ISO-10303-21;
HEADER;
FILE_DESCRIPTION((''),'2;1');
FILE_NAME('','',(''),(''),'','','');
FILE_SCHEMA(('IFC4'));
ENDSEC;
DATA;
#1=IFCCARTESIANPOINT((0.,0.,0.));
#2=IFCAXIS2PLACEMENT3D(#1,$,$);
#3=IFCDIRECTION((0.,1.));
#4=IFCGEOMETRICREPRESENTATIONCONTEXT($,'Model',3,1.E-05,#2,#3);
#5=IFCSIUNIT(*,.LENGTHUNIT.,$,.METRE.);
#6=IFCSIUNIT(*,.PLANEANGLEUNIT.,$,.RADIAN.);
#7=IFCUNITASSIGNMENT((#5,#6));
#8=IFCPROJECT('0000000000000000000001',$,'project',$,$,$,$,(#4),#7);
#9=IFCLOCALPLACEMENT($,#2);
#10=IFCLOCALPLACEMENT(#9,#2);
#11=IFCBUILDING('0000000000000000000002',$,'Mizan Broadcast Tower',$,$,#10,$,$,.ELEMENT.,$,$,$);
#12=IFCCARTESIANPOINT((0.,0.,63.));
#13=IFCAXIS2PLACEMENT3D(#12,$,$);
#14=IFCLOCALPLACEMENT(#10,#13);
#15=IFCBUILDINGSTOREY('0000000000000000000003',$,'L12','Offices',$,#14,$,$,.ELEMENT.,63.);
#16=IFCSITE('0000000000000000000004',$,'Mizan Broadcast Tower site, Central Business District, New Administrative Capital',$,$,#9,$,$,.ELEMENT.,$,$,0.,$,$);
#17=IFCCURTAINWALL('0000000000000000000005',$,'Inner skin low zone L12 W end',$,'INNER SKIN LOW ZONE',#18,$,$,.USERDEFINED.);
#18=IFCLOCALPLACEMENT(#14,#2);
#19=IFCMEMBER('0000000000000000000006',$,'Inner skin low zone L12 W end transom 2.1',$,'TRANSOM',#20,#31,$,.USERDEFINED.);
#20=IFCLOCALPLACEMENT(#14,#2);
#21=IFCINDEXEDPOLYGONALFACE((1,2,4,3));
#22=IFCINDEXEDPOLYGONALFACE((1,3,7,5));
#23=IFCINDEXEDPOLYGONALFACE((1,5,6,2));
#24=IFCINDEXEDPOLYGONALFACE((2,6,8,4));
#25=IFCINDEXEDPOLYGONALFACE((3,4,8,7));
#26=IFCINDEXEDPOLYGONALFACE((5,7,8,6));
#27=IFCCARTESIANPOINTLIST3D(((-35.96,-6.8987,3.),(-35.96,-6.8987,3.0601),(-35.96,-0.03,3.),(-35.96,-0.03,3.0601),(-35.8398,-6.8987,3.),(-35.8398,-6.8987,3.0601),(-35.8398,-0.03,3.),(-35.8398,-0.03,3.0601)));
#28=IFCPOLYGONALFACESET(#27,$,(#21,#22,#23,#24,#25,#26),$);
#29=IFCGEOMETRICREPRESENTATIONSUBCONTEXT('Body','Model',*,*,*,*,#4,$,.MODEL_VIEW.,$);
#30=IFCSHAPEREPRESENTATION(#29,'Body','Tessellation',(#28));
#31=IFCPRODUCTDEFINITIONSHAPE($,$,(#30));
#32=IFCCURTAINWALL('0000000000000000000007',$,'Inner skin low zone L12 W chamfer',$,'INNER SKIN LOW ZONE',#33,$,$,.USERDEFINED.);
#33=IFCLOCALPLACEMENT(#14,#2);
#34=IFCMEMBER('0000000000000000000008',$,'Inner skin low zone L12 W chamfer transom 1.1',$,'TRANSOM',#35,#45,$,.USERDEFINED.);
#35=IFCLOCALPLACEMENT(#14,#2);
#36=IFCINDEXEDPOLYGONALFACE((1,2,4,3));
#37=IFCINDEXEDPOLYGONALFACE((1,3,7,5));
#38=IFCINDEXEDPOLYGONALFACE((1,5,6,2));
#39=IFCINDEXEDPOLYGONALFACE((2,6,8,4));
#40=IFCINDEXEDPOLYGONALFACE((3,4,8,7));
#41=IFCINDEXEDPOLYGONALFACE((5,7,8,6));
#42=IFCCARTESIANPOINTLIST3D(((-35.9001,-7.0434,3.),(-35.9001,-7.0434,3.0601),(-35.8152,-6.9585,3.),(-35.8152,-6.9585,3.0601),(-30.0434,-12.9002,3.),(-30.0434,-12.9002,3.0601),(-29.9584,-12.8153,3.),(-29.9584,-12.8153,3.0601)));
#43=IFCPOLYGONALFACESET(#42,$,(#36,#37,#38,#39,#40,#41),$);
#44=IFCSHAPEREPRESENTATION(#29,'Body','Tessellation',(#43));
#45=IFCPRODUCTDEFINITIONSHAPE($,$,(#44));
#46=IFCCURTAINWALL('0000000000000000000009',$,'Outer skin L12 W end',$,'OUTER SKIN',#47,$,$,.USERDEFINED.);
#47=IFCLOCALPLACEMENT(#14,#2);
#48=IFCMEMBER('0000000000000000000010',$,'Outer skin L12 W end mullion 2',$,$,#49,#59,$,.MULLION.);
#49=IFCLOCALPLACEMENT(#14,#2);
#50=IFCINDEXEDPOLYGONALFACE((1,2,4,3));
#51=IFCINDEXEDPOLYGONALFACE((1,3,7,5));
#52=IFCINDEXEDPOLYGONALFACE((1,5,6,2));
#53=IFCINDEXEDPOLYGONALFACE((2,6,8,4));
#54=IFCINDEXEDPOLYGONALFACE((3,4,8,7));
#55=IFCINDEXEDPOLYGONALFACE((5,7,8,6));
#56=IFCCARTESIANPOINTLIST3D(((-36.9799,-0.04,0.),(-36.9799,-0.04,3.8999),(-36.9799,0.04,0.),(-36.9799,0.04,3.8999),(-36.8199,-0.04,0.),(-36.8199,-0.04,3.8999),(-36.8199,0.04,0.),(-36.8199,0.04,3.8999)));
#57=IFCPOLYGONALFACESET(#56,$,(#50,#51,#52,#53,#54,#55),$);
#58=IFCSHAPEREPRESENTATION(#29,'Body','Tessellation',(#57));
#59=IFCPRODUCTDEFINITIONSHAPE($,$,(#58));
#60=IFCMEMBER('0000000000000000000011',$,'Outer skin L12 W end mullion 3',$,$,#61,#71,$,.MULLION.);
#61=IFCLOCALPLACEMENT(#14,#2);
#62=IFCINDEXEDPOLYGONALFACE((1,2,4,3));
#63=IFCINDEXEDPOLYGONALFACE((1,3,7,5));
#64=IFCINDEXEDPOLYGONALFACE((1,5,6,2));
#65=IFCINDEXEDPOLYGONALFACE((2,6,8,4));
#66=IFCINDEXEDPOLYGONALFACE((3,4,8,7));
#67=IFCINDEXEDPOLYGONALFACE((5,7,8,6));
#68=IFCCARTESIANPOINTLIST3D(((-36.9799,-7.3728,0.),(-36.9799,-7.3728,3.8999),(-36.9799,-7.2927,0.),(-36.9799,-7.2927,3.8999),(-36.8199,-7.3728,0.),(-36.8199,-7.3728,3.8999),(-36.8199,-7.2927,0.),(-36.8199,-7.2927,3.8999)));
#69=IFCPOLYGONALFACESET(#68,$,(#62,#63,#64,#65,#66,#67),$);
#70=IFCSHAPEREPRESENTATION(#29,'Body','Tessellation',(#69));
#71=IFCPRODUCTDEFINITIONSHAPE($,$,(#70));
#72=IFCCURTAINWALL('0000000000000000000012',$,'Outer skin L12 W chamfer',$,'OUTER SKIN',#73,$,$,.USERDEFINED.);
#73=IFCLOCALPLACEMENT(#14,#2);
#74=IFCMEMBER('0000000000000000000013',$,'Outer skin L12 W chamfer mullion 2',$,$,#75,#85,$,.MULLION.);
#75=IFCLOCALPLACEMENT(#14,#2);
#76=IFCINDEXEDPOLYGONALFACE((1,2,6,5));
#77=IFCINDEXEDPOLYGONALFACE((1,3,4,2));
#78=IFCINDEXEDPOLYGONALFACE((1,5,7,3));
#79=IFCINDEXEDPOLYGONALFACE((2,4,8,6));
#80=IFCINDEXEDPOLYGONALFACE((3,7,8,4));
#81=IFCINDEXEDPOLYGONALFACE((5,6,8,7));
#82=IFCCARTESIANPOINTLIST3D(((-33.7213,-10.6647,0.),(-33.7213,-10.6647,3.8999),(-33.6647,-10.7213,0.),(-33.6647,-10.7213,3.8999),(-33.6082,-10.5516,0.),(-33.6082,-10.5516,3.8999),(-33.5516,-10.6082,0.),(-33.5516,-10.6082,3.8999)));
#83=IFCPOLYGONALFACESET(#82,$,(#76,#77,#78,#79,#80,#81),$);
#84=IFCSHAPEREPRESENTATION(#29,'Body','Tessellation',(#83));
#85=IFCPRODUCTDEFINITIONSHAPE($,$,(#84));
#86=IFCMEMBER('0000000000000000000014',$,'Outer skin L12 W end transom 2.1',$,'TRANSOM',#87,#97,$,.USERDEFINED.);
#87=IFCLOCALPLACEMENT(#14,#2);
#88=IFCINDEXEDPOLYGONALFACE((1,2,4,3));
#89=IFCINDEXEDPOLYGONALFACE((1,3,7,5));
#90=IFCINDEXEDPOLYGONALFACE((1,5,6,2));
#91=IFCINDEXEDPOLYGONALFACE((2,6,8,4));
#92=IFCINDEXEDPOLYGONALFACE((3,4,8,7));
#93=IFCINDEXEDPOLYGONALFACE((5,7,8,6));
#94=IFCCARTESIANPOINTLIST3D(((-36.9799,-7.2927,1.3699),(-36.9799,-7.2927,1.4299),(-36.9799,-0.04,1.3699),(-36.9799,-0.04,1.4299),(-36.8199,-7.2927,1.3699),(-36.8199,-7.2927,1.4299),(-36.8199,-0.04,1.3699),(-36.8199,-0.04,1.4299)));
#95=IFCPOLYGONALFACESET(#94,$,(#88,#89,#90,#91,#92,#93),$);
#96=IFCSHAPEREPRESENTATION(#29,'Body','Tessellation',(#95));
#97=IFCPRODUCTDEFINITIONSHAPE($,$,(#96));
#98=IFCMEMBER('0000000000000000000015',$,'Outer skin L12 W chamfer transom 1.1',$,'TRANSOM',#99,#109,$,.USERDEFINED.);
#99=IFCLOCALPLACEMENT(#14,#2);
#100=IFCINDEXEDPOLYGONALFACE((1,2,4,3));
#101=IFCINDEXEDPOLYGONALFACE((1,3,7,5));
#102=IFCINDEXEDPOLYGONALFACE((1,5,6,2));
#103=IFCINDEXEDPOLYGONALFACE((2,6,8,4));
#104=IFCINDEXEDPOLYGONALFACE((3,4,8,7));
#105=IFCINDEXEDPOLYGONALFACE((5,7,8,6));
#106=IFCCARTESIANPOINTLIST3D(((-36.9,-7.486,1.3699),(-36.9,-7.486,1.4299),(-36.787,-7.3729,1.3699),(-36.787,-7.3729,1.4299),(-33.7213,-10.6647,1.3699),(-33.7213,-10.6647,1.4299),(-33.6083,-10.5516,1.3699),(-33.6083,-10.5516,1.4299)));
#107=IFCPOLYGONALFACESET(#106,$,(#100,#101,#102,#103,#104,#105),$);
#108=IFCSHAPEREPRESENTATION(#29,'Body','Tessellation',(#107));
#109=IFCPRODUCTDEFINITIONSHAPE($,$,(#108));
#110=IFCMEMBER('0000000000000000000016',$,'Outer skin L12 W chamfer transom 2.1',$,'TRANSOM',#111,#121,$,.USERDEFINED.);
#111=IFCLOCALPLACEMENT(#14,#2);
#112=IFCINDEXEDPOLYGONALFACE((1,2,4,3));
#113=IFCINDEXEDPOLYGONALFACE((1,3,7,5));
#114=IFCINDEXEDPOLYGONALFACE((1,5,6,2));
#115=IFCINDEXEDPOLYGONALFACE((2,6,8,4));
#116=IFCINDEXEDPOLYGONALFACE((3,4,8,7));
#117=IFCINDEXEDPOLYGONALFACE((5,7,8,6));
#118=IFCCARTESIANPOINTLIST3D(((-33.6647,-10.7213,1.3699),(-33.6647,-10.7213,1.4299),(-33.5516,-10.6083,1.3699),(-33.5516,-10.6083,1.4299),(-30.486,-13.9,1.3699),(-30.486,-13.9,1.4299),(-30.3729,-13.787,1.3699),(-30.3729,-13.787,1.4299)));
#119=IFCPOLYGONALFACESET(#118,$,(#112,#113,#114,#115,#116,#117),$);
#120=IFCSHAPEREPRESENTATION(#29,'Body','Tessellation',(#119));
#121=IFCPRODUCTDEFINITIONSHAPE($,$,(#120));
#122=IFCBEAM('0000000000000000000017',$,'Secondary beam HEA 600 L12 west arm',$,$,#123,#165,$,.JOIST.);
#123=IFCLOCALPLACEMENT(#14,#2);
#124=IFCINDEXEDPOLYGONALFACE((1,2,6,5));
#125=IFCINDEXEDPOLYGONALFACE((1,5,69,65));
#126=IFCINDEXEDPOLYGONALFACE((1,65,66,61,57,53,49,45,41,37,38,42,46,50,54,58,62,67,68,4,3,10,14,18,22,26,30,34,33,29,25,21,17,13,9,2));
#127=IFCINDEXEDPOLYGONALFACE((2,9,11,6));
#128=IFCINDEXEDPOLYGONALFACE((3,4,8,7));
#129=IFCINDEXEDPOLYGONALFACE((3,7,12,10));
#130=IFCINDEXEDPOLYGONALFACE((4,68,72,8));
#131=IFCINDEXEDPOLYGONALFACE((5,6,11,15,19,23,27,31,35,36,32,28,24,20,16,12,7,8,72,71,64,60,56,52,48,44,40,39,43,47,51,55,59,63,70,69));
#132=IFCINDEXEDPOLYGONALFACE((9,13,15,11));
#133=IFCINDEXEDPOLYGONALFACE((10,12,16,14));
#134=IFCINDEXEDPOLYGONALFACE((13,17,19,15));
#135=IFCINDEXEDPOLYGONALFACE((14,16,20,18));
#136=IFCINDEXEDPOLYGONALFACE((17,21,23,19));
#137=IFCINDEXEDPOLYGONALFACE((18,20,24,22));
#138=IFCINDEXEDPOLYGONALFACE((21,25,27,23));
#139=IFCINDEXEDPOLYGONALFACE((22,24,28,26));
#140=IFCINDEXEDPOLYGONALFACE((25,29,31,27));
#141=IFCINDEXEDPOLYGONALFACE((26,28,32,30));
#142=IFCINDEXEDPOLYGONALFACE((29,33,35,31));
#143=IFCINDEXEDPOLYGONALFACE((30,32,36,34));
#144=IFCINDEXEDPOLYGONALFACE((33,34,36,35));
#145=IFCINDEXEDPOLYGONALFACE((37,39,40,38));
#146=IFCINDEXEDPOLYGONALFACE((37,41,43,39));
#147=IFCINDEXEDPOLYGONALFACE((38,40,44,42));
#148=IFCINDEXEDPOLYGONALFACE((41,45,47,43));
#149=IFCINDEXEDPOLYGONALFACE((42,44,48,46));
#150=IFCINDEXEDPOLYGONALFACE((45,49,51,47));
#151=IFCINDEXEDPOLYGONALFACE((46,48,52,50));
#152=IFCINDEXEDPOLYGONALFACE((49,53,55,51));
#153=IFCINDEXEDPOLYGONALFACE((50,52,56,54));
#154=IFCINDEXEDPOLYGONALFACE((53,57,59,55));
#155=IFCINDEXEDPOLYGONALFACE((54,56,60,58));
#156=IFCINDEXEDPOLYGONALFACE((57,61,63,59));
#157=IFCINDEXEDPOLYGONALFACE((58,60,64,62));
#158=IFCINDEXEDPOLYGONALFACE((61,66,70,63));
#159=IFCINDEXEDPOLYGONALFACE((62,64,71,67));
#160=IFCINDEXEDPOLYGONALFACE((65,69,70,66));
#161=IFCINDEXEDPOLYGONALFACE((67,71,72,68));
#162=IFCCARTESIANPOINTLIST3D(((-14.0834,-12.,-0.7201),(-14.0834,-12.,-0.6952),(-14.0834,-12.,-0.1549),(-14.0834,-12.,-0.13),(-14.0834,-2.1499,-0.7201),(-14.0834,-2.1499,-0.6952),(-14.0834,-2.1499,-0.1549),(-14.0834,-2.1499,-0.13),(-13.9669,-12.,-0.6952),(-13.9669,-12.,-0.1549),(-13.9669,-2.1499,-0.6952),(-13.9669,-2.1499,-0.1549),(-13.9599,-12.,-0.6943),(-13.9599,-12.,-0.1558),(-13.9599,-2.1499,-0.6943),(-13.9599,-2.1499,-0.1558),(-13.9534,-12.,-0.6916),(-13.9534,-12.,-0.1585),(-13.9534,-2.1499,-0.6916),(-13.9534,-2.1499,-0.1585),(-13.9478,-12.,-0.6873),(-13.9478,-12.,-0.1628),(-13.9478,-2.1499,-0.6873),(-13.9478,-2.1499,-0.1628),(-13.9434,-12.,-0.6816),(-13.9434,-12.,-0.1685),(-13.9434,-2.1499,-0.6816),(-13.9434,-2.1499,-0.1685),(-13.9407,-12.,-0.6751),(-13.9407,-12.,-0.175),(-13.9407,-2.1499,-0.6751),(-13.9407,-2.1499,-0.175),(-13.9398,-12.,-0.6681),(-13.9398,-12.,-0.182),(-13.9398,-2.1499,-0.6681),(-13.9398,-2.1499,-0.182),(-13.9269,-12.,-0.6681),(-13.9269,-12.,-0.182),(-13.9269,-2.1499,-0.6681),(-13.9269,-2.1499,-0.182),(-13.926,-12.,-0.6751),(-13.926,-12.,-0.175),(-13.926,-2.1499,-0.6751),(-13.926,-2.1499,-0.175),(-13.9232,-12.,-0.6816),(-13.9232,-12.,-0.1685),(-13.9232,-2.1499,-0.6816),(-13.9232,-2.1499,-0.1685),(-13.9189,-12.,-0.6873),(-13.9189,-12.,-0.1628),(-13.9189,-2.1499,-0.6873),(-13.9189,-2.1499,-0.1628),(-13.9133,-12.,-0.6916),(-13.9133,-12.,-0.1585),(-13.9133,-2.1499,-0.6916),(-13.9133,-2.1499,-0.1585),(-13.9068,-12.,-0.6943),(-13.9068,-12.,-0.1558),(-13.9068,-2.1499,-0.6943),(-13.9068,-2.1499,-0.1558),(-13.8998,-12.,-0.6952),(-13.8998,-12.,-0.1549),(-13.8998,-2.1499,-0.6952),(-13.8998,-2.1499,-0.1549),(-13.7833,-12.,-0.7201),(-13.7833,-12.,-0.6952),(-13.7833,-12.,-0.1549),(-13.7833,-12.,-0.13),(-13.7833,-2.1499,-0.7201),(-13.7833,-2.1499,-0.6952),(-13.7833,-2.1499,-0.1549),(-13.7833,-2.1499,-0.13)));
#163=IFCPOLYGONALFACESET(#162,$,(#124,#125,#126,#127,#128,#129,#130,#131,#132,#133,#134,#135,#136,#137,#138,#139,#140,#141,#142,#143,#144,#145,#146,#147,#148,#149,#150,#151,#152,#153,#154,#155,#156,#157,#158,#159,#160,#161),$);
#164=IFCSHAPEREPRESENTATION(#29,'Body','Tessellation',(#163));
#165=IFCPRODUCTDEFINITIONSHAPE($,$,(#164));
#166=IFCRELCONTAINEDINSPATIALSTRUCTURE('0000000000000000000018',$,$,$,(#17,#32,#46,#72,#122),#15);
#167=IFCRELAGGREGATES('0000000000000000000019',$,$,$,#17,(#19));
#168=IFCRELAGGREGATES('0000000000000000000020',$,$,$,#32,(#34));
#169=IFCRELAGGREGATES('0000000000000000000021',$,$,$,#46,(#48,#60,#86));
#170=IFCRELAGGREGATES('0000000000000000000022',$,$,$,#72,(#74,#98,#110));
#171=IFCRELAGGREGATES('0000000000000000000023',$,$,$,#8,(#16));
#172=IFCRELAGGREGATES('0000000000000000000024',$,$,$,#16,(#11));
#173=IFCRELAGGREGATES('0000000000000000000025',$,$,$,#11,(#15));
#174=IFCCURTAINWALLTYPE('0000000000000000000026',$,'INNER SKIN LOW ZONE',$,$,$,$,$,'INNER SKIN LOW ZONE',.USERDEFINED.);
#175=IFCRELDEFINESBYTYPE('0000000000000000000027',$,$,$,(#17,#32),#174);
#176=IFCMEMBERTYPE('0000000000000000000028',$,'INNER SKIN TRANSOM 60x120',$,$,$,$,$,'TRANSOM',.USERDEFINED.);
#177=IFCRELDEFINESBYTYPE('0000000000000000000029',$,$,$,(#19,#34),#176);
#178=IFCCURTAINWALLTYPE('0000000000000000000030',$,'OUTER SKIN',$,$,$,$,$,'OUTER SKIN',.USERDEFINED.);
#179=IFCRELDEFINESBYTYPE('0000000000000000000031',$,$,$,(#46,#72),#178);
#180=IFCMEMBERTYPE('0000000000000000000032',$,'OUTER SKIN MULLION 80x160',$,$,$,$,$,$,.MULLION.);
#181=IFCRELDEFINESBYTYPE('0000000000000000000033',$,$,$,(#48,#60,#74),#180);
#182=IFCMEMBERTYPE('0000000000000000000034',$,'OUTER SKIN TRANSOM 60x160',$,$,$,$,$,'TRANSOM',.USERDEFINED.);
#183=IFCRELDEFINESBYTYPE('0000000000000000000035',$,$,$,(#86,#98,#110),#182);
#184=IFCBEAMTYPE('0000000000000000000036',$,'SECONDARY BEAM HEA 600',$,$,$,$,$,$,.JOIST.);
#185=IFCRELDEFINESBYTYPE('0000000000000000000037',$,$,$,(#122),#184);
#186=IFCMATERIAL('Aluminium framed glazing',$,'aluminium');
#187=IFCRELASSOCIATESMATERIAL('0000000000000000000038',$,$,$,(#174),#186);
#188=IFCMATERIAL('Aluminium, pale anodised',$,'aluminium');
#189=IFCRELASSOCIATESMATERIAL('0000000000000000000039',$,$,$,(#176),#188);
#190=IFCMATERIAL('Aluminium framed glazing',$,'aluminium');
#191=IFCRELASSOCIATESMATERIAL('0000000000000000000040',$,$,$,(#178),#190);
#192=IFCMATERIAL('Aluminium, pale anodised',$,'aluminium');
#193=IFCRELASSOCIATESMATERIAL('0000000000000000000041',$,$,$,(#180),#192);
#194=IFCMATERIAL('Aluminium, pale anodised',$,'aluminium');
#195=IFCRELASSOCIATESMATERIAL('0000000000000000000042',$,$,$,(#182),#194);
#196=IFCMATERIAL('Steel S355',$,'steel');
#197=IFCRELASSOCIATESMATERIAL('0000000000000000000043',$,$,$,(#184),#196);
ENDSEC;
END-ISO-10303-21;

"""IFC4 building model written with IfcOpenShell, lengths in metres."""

from ifc_helpers import new_model, si_unit, direction, frame, origin, origin_2d, place, context, subcontext, project, spatial, rectangle, i_section, extrude, material, material_profile, profile_set, type_object, element, aggregate, save


model = new_model("IFC4")

# Units and contexts
model_context = context("Model", 3, precision=1e-05, world=origin(), true_north=direction((0.0, 1.0)))
body_context = subcontext(model_context, "Body", "Model", "MODEL_VIEW")
ifc_project = project(units=[si_unit("LENGTHUNIT", "METRE"), si_unit("PLANEANGLEUNIT", "RADIAN")], contexts=[model_context])

# Site, building, storey
site_placement = place(None, origin())
site = spatial("IfcSite", under=ifc_project, at=site_placement, Name="Mizan Broadcast Tower site, Central Business District, New Administrative Capital", CompositionType="ELEMENT", RefElevation=0.0)
building_placement = place(site_placement, origin())
building = spatial("IfcBuilding", under=site, at=building_placement, Name="Mizan Broadcast Tower", CompositionType="ELEMENT")
storey_placement = place(building_placement, frame((0.0, 0.0, 63.0)))
storey = spatial("IfcBuildingStorey", under=building, at=storey_placement, Name="L12", Description="Offices", CompositionType="ELEMENT", Elevation=63.0)

# Curtain wall, member
ifc_material_1 = material(Name="Aluminium framed glazing", Category="aluminium")
curtain_wall_type_1 = type_object("IfcCurtainWallType", Name="INNER SKIN LOW ZONE", ElementType="INNER SKIN LOW ZONE", PredefinedType="USERDEFINED", material=ifc_material_1)
curtain_wall_1_placement = place(storey_placement, origin())
curtain_wall_1 = element("IfcCurtainWall", 1, at=curtain_wall_1_placement, inside=storey, type_object=curtain_wall_type_1, Name="Inner skin low zone L12 W end", ObjectType="INNER SKIN LOW ZONE", PredefinedType="USERDEFINED")
ifc_material_2 = material(Name="Aluminium, pale anodised", Category="aluminium")
ifc_material_profile_1 = material_profile(ifc_material_2, rectangle(XDim=0.1201, YDim=0.0601, at=origin_2d()), Name="TRANSOM 120x60")
ifc_profile_set_1 = profile_set([ifc_material_profile_1], Name="Aluminium, pale anodised")
member_type_1 = type_object("IfcMemberType", Name="INNER SKIN TRANSOM 60x120", ElementType="TRANSOM", PredefinedType="USERDEFINED", material=ifc_profile_set_1)
member_1_placement = place(storey_placement, frame((-35.8999, -0.03, 3.03), z_axis=(0.0, -1.0, 0.0), x_axis=(1.0, 0.0, 0.0)))
member_1 = element("IfcMember", 2, at=member_1_placement, type_object=member_type_1, Name="Inner skin low zone L12 W end transom 2.1", ObjectType="TRANSOM", PredefinedType="USERDEFINED", context=body_context, shape_type="SweptSolid", body=[
    extrude(rectangle(XDim=0.1201, YDim=0.0601, at=origin_2d()), origin(), (0.0, 0.0, 1.0), 6.8687),
])

# Curtain wall, member
curtain_wall_2_placement = place(storey_placement, origin())
curtain_wall_2 = element("IfcCurtainWall", 3, at=curtain_wall_2_placement, inside=storey, type_object=curtain_wall_type_1, Name="Inner skin low zone L12 W chamfer", ObjectType="INNER SKIN LOW ZONE", PredefinedType="USERDEFINED")
member_2_placement = place(storey_placement, frame((-35.8577, -7.001, 3.03), z_axis=(0.707107, -0.707107, 0.0), x_axis=(0.707107, 0.707107, 0.0)))
member_2 = element("IfcMember", 4, at=member_2_placement, type_object=member_type_1, Name="Inner skin low zone L12 W chamfer transom 1.1", ObjectType="TRANSOM", PredefinedType="USERDEFINED", context=body_context, shape_type="SweptSolid", body=[
    extrude(rectangle(XDim=0.1201, YDim=0.0601, at=origin_2d()), origin(), (0.0, 0.0, 1.0), 8.2827),
])

# Curtain wall, members
ifc_material_3 = material(Name="Aluminium framed glazing", Category="aluminium")
curtain_wall_type_2 = type_object("IfcCurtainWallType", Name="OUTER SKIN", ElementType="OUTER SKIN", PredefinedType="USERDEFINED", material=ifc_material_3)
curtain_wall_3_placement = place(storey_placement, origin())
curtain_wall_3 = element("IfcCurtainWall", 5, at=curtain_wall_3_placement, inside=storey, type_object=curtain_wall_type_2, Name="Outer skin L12 W end", ObjectType="OUTER SKIN", PredefinedType="USERDEFINED")
ifc_material_4 = material(Name="Aluminium, pale anodised", Category="aluminium")
ifc_material_profile_2 = material_profile(ifc_material_4, rectangle(XDim=0.1599, YDim=0.0801, at=origin_2d()), Name="MULLION 160x80")
ifc_profile_set_2 = profile_set([ifc_material_profile_2], Name="Aluminium, pale anodised")
member_type_2 = type_object("IfcMemberType", Name="OUTER SKIN MULLION 80x160", PredefinedType="MULLION", material=ifc_profile_set_2)
member_3_placement = place(storey_placement, frame((-36.8999, 0.0, 0.0), z_axis=(0.0, 0.0, 1.0), x_axis=(1.0, 0.0, 0.0)))
member_3 = element("IfcMember", 6, at=member_3_placement, type_object=member_type_2, Name="Outer skin L12 W end mullion 2", PredefinedType="MULLION", context=body_context, shape_type="SweptSolid", body=[
    extrude(rectangle(XDim=0.1599, YDim=0.0801, at=origin_2d()), origin(), (0.0, 0.0, 1.0), 3.8999),
])
member_4_placement = place(storey_placement, frame((-36.8999, -7.3328, 0.0), z_axis=(0.0, 0.0, 1.0), x_axis=(1.0, 0.0, 0.0)))
member_4 = element("IfcMember", 7, at=member_4_placement, type_object=member_type_2, Name="Outer skin L12 W end mullion 3", PredefinedType="MULLION", context=body_context, shape_type="SweptSolid", body=[
    extrude(rectangle(XDim=0.1599, YDim=0.0801, at=origin_2d()), origin(), (0.0, 0.0, 1.0), 3.8999),
])

# Curtain wall, member
curtain_wall_4_placement = place(storey_placement, origin())
curtain_wall_4 = element("IfcCurtainWall", 8, at=curtain_wall_4_placement, inside=storey, type_object=curtain_wall_type_2, Name="Outer skin L12 W chamfer", ObjectType="OUTER SKIN", PredefinedType="USERDEFINED")
member_5_placement = place(storey_placement, frame((-33.6365, -10.6365, 0.0), z_axis=(0.0, 0.0, 1.0), x_axis=(0.707107, 0.707107, 0.0)))
member_5 = element("IfcMember", 9, at=member_5_placement, type_object=member_type_2, Name="Outer skin L12 W chamfer mullion 2", PredefinedType="MULLION", context=body_context, shape_type="SweptSolid", body=[
    extrude(rectangle(XDim=0.1599, YDim=0.0801, at=origin_2d()), origin(), (0.0, 0.0, 1.0), 3.8999),
])

# Members
ifc_material_5 = material(Name="Aluminium, pale anodised", Category="aluminium")
ifc_material_profile_3 = material_profile(ifc_material_5, rectangle(XDim=0.1599, YDim=0.0601, at=origin_2d()), Name="TRANSOM 160x60")
ifc_profile_set_3 = profile_set([ifc_material_profile_3], Name="Aluminium, pale anodised")
member_type_3 = type_object("IfcMemberType", Name="OUTER SKIN TRANSOM 60x160", ElementType="TRANSOM", PredefinedType="USERDEFINED", material=ifc_profile_set_3)
member_6_placement = place(storey_placement, frame((-36.8999, -0.04, 1.3999), z_axis=(0.0, -1.0, 0.0), x_axis=(1.0, 0.0, 0.0)))
member_6 = element("IfcMember", 10, at=member_6_placement, type_object=member_type_3, Name="Outer skin L12 W end transom 2.1", ObjectType="TRANSOM", PredefinedType="USERDEFINED", context=body_context, shape_type="SweptSolid", body=[
    extrude(rectangle(XDim=0.1599, YDim=0.0601, at=origin_2d()), origin(), (0.0, 0.0, 1.0), 7.2527),
])
member_7_placement = place(storey_placement, frame((-36.8435, -7.4294, 1.3999), z_axis=(0.707107, -0.707107, 0.0), x_axis=(0.707107, 0.707107, 0.0)))
member_7 = element("IfcMember", 11, at=member_7_placement, type_object=member_type_3, Name="Outer skin L12 W chamfer transom 1.1", ObjectType="TRANSOM", PredefinedType="USERDEFINED", context=body_context, shape_type="SweptSolid", body=[
    extrude(rectangle(XDim=0.1599, YDim=0.0601, at=origin_2d()), origin(), (0.0, 0.0, 1.0), 4.4954),
])
member_8_placement = place(storey_placement, frame((-33.6082, -10.6648, 1.3999), z_axis=(0.707107, -0.707107, 0.0), x_axis=(0.707107, 0.707107, 0.0)))
member_8 = element("IfcMember", 12, at=member_8_placement, type_object=member_type_3, Name="Outer skin L12 W chamfer transom 2.1", ObjectType="TRANSOM", PredefinedType="USERDEFINED", context=body_context, shape_type="SweptSolid", body=[
    extrude(rectangle(XDim=0.1599, YDim=0.0601, at=origin_2d()), origin(), (0.0, 0.0, 1.0), 4.4954),
])

# Beam
ifc_material_6 = material(Name="Steel S355", Category="steel")
ifc_material_profile_4 = material_profile(ifc_material_6, i_section(OverallWidth=0.3, OverallDepth=0.5901, WebThickness=0.0129, FlangeThickness=0.0249, FilletRadius=0.0271, at=origin_2d()), Name="HEA 600")
ifc_profile_set_4 = profile_set([ifc_material_profile_4], Name="Steel S355")
beam_type_1 = type_object("IfcBeamType", Name="SECONDARY BEAM HEA 600", PredefinedType="JOIST", material=ifc_profile_set_4)
for number, where, z_axis, x_axis, name in (
    (13, (-13.9333, -12.0, -0.425), (0.0, 1.0, 0.0), (-1.0, 0.0, 0.0), "Secondary beam HEA 600 L12 west arm"),
):
    element("IfcBeam", number, at=place(storey_placement, frame(where, z_axis=z_axis, x_axis=x_axis)), inside=storey, type_object=beam_type_1, Name=name, PredefinedType="JOIST", context=body_context, shape_type="SweptSolid", body=[
        extrude(i_section(OverallWidth=0.3, OverallDepth=0.5901, WebThickness=0.0129, FlangeThickness=0.0249, FilletRadius=0.0271, at=origin_2d()), origin(), (0.0, 0.0, 1.0), 9.8501),
    ])

aggregate(curtain_wall_1, [member_1])
aggregate(curtain_wall_2, [member_2])
aggregate(curtain_wall_3, [member_3, member_4, member_6])
aggregate(curtain_wall_4, [member_5, member_7, member_8])

save(model, "model.ifc")
